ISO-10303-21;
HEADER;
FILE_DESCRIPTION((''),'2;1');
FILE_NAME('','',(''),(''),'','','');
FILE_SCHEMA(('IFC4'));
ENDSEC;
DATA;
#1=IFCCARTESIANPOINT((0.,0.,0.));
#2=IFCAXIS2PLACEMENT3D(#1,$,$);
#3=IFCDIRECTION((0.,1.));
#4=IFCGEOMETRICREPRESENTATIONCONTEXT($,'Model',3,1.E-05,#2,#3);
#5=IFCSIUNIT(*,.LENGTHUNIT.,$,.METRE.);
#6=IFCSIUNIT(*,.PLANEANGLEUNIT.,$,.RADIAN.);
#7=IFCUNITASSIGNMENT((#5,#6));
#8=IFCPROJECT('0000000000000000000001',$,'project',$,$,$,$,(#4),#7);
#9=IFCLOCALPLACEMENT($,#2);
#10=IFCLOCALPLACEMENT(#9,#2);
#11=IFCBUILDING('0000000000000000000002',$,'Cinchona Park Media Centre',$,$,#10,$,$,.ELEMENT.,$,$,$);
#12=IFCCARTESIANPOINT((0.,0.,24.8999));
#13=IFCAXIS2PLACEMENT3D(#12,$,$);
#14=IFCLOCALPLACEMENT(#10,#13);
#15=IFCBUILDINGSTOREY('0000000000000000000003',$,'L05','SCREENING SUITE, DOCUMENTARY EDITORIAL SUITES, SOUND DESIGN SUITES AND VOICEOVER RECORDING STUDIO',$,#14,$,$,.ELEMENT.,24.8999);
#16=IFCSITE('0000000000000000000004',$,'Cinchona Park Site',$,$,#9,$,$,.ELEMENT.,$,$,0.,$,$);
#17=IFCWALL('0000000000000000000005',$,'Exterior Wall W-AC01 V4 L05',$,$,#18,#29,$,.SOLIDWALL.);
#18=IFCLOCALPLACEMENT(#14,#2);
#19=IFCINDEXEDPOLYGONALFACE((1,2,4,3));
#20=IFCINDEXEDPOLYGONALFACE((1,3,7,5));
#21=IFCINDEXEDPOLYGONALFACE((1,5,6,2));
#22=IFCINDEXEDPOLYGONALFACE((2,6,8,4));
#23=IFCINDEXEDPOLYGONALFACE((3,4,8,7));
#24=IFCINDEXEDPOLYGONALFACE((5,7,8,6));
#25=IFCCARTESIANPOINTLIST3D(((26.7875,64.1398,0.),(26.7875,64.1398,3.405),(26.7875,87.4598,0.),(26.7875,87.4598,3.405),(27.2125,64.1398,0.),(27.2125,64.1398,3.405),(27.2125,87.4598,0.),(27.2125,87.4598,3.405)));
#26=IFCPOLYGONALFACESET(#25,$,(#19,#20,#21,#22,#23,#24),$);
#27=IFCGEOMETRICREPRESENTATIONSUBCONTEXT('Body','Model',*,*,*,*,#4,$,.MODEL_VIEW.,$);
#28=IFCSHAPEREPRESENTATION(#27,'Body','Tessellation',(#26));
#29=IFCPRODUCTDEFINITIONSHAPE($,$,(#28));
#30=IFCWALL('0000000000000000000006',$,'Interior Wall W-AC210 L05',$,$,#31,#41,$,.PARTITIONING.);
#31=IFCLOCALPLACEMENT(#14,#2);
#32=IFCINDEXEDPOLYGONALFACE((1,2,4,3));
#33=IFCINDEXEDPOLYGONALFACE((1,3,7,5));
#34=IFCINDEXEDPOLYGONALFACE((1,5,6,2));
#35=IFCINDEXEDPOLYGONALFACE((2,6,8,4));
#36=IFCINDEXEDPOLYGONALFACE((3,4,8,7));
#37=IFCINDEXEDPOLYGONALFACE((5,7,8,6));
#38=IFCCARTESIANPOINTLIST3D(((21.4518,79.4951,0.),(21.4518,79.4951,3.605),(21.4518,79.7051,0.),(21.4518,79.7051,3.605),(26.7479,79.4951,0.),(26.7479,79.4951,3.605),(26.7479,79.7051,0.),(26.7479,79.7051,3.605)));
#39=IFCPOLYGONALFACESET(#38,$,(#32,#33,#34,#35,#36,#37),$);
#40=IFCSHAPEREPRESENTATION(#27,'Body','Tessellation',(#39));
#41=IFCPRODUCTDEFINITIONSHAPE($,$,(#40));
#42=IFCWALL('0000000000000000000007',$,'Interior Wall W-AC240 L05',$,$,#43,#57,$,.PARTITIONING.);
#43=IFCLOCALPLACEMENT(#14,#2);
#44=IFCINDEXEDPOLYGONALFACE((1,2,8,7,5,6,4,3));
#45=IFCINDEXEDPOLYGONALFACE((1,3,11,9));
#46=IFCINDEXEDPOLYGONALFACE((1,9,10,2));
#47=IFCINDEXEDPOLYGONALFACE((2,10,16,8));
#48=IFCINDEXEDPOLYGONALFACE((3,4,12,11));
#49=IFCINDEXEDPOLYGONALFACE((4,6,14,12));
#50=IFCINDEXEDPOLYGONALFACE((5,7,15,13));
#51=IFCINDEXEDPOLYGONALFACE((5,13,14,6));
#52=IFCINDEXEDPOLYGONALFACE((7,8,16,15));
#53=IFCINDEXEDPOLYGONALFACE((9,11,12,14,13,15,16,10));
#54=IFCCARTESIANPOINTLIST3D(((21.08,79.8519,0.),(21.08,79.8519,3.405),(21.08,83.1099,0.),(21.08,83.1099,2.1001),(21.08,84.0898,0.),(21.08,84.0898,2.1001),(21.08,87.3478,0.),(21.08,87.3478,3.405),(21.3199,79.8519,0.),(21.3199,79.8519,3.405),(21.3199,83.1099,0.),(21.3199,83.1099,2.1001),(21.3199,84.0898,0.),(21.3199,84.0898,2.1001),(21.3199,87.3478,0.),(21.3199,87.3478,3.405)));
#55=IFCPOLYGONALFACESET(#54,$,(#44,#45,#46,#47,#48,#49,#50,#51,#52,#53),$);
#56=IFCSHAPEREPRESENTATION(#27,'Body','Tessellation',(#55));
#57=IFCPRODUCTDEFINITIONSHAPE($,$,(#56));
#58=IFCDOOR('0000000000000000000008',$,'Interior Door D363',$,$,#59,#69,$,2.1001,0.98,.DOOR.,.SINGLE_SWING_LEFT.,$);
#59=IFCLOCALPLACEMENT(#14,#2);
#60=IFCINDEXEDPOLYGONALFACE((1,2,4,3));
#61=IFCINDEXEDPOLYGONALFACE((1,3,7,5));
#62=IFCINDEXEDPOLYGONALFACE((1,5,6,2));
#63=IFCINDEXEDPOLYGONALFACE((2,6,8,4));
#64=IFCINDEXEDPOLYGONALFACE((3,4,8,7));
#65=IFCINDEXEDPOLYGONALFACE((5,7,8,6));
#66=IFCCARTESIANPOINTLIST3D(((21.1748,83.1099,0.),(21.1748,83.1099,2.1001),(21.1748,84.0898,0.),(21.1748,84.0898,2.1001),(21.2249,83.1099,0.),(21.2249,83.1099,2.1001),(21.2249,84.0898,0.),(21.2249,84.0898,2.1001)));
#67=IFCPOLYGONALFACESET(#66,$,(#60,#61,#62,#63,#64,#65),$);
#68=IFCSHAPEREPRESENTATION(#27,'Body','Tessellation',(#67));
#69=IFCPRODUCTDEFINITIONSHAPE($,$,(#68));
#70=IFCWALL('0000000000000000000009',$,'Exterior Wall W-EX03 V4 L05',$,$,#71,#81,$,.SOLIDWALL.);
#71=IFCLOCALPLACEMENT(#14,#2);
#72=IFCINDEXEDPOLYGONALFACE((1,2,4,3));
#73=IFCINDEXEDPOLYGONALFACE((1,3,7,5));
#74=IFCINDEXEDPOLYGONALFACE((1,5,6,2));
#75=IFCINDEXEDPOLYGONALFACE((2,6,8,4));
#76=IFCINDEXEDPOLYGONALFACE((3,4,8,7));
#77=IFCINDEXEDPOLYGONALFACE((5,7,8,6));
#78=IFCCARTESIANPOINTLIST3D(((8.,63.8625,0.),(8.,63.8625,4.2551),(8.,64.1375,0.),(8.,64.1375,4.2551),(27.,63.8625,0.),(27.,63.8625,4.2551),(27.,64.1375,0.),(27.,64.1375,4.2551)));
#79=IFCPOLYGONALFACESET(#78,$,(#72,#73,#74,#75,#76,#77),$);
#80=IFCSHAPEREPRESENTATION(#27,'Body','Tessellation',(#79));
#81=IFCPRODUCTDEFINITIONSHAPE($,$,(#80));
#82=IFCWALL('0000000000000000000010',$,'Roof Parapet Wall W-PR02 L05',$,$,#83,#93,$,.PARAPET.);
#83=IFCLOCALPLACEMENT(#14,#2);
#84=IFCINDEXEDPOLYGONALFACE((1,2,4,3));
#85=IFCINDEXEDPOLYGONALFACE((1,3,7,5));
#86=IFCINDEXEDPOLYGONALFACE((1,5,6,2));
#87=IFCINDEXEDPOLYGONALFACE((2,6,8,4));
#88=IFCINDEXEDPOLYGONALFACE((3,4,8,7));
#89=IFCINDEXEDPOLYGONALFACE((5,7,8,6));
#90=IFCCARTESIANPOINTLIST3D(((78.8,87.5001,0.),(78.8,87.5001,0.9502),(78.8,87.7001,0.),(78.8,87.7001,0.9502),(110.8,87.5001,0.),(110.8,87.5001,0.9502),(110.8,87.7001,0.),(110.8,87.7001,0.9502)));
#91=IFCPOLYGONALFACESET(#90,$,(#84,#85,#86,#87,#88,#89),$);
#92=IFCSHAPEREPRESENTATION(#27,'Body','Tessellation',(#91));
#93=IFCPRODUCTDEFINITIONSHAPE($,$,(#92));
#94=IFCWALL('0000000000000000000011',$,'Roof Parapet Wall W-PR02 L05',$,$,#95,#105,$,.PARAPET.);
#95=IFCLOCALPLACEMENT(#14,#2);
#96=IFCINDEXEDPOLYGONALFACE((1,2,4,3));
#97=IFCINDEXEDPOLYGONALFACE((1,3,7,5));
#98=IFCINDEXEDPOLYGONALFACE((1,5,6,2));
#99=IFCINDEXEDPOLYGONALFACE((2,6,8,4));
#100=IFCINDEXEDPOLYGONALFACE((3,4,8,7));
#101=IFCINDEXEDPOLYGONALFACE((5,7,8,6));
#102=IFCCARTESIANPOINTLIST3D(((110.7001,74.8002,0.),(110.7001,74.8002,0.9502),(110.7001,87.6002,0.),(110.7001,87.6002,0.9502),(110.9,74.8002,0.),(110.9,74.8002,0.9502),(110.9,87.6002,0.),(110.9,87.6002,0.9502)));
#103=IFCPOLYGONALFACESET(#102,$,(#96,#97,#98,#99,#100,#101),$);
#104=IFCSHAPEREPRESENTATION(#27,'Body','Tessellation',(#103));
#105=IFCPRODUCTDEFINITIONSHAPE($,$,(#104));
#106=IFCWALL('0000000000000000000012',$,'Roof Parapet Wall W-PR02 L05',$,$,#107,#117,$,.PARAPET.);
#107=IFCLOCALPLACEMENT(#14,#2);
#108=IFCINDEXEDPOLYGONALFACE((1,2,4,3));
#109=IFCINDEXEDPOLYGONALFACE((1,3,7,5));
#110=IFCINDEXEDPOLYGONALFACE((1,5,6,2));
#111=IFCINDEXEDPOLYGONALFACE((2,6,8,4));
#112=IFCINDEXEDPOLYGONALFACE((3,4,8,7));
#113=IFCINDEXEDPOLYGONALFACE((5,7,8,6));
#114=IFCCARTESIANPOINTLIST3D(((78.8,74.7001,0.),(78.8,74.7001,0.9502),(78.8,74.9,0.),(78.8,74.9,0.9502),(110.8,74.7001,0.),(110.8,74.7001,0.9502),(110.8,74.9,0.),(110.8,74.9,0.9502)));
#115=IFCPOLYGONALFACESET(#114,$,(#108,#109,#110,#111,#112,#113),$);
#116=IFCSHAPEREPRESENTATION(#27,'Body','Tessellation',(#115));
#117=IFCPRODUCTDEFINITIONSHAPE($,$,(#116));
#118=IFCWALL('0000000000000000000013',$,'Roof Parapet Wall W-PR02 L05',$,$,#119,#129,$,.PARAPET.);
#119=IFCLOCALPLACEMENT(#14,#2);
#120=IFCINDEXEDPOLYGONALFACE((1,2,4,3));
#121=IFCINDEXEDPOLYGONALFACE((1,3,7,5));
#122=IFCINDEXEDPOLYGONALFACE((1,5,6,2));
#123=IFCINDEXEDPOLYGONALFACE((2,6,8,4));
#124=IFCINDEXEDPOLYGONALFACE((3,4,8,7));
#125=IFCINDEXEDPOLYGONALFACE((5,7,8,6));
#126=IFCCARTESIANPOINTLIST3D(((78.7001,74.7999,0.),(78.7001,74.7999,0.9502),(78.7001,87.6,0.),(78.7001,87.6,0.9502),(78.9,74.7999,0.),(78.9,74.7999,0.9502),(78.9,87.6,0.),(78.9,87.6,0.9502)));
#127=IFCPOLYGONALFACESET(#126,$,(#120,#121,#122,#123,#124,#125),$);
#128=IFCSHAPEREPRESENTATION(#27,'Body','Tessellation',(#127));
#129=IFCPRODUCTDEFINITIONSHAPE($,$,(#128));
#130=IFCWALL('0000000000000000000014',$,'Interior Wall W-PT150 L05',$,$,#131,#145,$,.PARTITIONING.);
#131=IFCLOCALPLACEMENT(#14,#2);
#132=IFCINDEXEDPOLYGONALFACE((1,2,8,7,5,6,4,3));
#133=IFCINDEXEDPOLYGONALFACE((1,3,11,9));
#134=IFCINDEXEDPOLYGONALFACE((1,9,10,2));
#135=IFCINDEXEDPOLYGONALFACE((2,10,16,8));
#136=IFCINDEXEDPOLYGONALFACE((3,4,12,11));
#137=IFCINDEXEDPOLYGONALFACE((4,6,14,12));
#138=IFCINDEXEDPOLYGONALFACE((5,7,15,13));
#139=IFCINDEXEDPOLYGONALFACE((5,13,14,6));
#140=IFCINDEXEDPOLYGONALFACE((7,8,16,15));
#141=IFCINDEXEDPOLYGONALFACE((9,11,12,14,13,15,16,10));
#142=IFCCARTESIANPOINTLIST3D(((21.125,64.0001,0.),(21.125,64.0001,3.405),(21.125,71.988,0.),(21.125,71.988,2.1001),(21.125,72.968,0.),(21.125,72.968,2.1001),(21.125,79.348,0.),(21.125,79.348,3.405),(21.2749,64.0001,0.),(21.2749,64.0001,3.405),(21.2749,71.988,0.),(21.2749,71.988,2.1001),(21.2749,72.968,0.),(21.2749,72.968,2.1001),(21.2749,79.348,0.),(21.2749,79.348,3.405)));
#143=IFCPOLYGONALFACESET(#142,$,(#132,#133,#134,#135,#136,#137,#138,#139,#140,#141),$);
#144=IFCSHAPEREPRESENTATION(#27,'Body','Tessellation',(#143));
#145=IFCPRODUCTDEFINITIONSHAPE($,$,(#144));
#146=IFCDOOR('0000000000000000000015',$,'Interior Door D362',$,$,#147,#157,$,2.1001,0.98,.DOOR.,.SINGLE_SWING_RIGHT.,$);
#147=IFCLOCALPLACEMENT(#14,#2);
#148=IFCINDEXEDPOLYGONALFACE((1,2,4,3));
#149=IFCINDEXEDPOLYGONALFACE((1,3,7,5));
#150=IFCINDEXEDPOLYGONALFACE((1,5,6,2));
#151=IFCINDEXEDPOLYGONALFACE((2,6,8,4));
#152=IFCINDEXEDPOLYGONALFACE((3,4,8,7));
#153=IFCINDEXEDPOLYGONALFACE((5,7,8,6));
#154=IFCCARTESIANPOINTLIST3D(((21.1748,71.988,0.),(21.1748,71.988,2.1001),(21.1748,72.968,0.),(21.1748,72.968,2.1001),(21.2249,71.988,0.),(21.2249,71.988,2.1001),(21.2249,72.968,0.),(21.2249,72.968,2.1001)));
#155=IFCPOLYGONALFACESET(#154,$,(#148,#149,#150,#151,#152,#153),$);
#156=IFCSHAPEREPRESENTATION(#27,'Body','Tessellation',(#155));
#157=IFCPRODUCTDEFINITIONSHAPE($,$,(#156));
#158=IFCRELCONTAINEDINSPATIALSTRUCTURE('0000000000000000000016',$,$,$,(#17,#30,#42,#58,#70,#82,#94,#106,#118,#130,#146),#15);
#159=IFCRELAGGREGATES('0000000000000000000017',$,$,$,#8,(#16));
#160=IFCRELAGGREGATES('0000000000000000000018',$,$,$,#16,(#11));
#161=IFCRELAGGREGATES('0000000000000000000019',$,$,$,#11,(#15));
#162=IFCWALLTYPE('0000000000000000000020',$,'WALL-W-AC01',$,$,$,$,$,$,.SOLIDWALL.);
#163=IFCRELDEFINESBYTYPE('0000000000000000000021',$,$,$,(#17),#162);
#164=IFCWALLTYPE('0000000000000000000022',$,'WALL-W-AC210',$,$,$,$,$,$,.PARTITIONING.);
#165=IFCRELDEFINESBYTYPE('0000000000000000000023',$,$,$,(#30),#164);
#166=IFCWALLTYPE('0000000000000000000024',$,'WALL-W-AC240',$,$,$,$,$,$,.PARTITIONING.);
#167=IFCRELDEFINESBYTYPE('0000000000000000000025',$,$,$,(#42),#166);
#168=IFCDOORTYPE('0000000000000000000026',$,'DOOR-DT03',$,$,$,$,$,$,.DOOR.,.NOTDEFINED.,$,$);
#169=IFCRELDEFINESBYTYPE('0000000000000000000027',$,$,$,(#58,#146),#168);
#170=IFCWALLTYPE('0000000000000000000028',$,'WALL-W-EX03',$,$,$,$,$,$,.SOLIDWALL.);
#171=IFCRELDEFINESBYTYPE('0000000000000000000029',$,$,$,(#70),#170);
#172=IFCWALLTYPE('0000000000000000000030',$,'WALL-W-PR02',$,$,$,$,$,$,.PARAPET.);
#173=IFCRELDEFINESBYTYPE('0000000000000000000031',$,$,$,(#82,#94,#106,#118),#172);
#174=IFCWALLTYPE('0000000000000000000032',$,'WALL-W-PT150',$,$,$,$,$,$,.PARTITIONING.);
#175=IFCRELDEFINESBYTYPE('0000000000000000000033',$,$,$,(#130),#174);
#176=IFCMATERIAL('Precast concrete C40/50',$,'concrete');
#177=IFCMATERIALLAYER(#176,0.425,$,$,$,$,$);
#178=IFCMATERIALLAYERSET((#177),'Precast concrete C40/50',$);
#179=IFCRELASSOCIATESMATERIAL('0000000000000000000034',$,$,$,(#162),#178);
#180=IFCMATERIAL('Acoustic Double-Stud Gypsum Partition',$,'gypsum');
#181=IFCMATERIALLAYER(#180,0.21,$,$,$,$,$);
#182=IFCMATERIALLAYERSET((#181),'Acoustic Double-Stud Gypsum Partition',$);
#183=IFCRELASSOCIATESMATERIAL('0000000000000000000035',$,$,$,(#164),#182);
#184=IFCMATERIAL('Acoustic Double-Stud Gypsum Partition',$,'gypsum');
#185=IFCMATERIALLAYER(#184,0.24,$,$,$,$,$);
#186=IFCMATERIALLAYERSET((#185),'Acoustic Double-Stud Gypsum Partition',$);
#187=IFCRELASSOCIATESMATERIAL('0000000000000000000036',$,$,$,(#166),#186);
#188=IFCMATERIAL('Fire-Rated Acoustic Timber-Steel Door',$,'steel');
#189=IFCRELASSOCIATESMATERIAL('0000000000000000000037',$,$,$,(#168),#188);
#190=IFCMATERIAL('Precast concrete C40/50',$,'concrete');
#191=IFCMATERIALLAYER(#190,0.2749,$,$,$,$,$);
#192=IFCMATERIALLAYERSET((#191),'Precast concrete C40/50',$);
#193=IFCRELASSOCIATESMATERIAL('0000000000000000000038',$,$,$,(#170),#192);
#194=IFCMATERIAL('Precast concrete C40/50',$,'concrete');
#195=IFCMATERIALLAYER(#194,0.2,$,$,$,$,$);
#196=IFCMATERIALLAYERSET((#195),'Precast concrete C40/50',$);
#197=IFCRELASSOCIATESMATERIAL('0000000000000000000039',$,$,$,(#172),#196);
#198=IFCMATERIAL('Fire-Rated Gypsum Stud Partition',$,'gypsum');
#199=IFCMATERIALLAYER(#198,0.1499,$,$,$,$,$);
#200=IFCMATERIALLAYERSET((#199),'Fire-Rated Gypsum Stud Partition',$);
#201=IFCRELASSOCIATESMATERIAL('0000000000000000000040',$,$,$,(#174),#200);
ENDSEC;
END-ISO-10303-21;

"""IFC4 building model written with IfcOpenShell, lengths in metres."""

from ifc_helpers import new_model, si_unit, direction, frame, frame_2d, origin, place, context, subcontext, project, spatial, rectangle, extrude, material, layer, layer_set, type_object, element, fill, save


model = new_model("IFC4")

# Units and contexts
model_context = context("Model", 3, precision=1e-05, world=origin(), true_north=direction((0.0, 1.0)))
body_context = subcontext(model_context, "Body", "Model", "MODEL_VIEW")
ifc_project = project(units=[si_unit("LENGTHUNIT", "METRE"), si_unit("PLANEANGLEUNIT", "RADIAN")], contexts=[model_context])

# Site, building, storey
site_placement = place(None, origin())
site = spatial("IfcSite", under=ifc_project, at=site_placement, Name="Cinchona Park Site", CompositionType="ELEMENT", RefElevation=0.0)
building_placement = place(site_placement, origin())
building = spatial("IfcBuilding", under=site, at=building_placement, Name="Cinchona Park Media Centre", CompositionType="ELEMENT")
storey_placement = place(building_placement, frame((0.0, 0.0, 24.8999)))
storey = spatial("IfcBuildingStorey", under=building, at=storey_placement, Name="L05", Description="SCREENING SUITE, DOCUMENTARY EDITORIAL SUITES, SOUND DESIGN SUITES AND VOICEOVER RECORDING STUDIO", CompositionType="ELEMENT", Elevation=24.8999)

# Walls
ifc_material_1 = material(Name="Precast concrete C40/50", Category="concrete")
ifc_layer_1 = layer(ifc_material_1, 0.425)
ifc_layer_set_1 = layer_set([ifc_layer_1], Name="Precast concrete C40/50")
wall_type_1 = type_object("IfcWallType", Name="WALL-W-AC01", PredefinedType="SOLIDWALL", material=ifc_layer_set_1)
wall_1_placement = place(storey_placement, frame((27.0, 87.46, 0.0), z_axis=(0.0, 0.0, 1.0), x_axis=(0.0, -1.0, 0.0)))
element("IfcWall", 1, at=wall_1_placement, inside=storey, type_object=wall_type_1, Name="Exterior Wall W-AC01 V4 L05", PredefinedType="SOLIDWALL", context=body_context, shape_type="SweptSolid", body=[
    extrude(rectangle(XDim=23.3201, YDim=0.425, at=frame_2d((11.6602, 0.0))), origin(), (0.0, 0.0, 1.0), 3.405),
])
ifc_material_2 = material(Name="Acoustic Double-Stud Gypsum Partition", Category="gypsum")
ifc_layer_2 = layer(ifc_material_2, 0.21)
ifc_layer_set_2 = layer_set([ifc_layer_2], Name="Acoustic Double-Stud Gypsum Partition")
wall_type_2 = type_object("IfcWallType", Name="WALL-W-AC210", PredefinedType="PARTITIONING", material=ifc_layer_set_2)
wall_2_placement = place(storey_placement, frame((21.4519, 79.6001, 0.0), z_axis=(0.0, 0.0, 1.0), x_axis=(1.0, 0.0, 0.0)))
element("IfcWall", 2, at=wall_2_placement, inside=storey, type_object=wall_type_2, Name="Interior Wall W-AC210 L05", PredefinedType="PARTITIONING", context=body_context, shape_type="SweptSolid", body=[
    extrude(rectangle(XDim=5.2961, YDim=0.21, at=frame_2d((2.6479, 0.0))), origin(), (0.0, 0.0, 1.0), 3.605),
])

# Wall, opening, door
ifc_material_3 = material(Name="Acoustic Double-Stud Gypsum Partition", Category="gypsum")
ifc_layer_3 = layer(ifc_material_3, 0.24)
ifc_layer_set_3 = layer_set([ifc_layer_3], Name="Acoustic Double-Stud Gypsum Partition")
wall_type_3 = type_object("IfcWallType", Name="WALL-W-AC240", PredefinedType="PARTITIONING", material=ifc_layer_set_3)
wall_3_placement = place(storey_placement, frame((21.2, 87.3479, 0.0), z_axis=(0.0, 0.0, 1.0), x_axis=(0.0, -1.0, 0.0)))
wall_3 = element("IfcWall", 3, at=wall_3_placement, inside=storey, type_object=wall_type_3, Name="Interior Wall W-AC240 L05", PredefinedType="PARTITIONING", context=body_context, shape_type="SweptSolid", body=[
    extrude(rectangle(XDim=7.4958, YDim=0.24, at=frame_2d((3.748, 0.0))), origin(), (0.0, 0.0, 1.0), 3.405),
])
opening_1_placement = place(wall_3_placement, frame((3.2581, 0.0, 0.0)))
opening_1 = element("IfcOpeningElement", 4, at=opening_1_placement, cuts=wall_3, PredefinedType="OPENING", context=body_context, shape_type="SweptSolid", body=[
    extrude(rectangle(XDim=0.98, YDim=2.1001, at=frame_2d((0.49, 1.05))), frame((0.0, 0.1299, 0.0), z_axis=(0.0, -1.0, 0.0), x_axis=(1.0, 0.0, 0.0)), (0.0, 0.0, 1.0), 0.26),
])
ifc_material_4 = material(Name="Fire-Rated Acoustic Timber-Steel Door", Category="steel")
door_type = type_object("IfcDoorType", Name="DOOR-DT03", OperationType="NOTDEFINED", PredefinedType="DOOR", material=ifc_material_4)
door_1_placement = place(opening_1_placement, origin())
door_1 = element("IfcDoor", 5, at=door_1_placement, inside=storey, type_object=door_type, Name="Interior Door D363", OperationType="SINGLE_SWING_LEFT", OverallHeight=2.1001, OverallWidth=0.98, PredefinedType="DOOR", context=body_context, shape_type="SweptSolid", body=[
    extrude(rectangle(XDim=0.98, YDim=2.1001, at=frame_2d((0.49, 1.05))), frame((0.0, 0.0249, 0.0), z_axis=(0.0, -1.0, 0.0), x_axis=(1.0, 0.0, 0.0)), (0.0, 0.0, 1.0), 0.05),
])
fill(opening_1, door_1)

# Walls
ifc_material_5 = material(Name="Precast concrete C40/50", Category="concrete")
ifc_layer_4 = layer(ifc_material_5, 0.2749)
ifc_layer_set_4 = layer_set([ifc_layer_4], Name="Precast concrete C40/50")
wall_type_4 = type_object("IfcWallType", Name="WALL-W-EX03", PredefinedType="SOLIDWALL", material=ifc_layer_set_4)
wall_4_placement = place(storey_placement, frame((27.0, 64.0, 0.0), z_axis=(0.0, 0.0, 1.0), x_axis=(-1.0, 0.0, 0.0)))
element("IfcWall", 6, at=wall_4_placement, inside=storey, type_object=wall_type_4, Name="Exterior Wall W-EX03 V4 L05", PredefinedType="SOLIDWALL", context=body_context, shape_type="SweptSolid", body=[
    extrude(rectangle(XDim=19.0, YDim=0.2749, at=frame_2d((9.5, 0.0))), origin(), (0.0, 0.0, 1.0), 4.2551),
])
ifc_material_6 = material(Name="Precast concrete C40/50", Category="concrete")
ifc_layer_5 = layer(ifc_material_6, 0.2)
ifc_layer_set_5 = layer_set([ifc_layer_5], Name="Precast concrete C40/50")
wall_type_5 = type_object("IfcWallType", Name="WALL-W-PR02", PredefinedType="PARAPET", material=ifc_layer_set_5)
wall_5_placement = place(storey_placement, frame((78.8, 87.6001, 0.0), z_axis=(0.0, 0.0, 1.0), x_axis=(1.0, 0.0, 0.0)))
element("IfcWall", 7, at=wall_5_placement, inside=storey, type_object=wall_type_5, Name="Roof Parapet Wall W-PR02 L05", PredefinedType="PARAPET", context=body_context, shape_type="SweptSolid", body=[
    extrude(rectangle(XDim=32.0, YDim=0.2, at=frame_2d((16.0, 0.0))), origin(), (0.0, 0.0, 1.0), 0.9502),
])
wall_6_placement = place(storey_placement, frame((110.8, 87.6001, 0.0), z_axis=(0.0, 0.0, 1.0), x_axis=(0.0, -1.0, 0.0)))
element("IfcWall", 8, at=wall_6_placement, inside=storey, type_object=wall_type_5, Name="Roof Parapet Wall W-PR02 L05", PredefinedType="PARAPET", context=body_context, shape_type="SweptSolid", body=[
    extrude(rectangle(XDim=12.8, YDim=0.2, at=frame_2d((6.3999, 0.0))), origin(), (0.0, 0.0, 1.0), 0.9502),
])
wall_7_placement = place(storey_placement, frame((110.8, 74.8, 0.0), z_axis=(0.0, 0.0, 1.0), x_axis=(-1.0, 0.0, 0.0)))
element("IfcWall", 9, at=wall_7_placement, inside=storey, type_object=wall_type_5, Name="Roof Parapet Wall W-PR02 L05", PredefinedType="PARAPET", context=body_context, shape_type="SweptSolid", body=[
    extrude(rectangle(XDim=32.0, YDim=0.2, at=frame_2d((16.0, 0.0))), origin(), (0.0, 0.0, 1.0), 0.9502),
])
wall_8_placement = place(storey_placement, frame((78.8, 74.8, 0.0), z_axis=(0.0, 0.0, 1.0), x_axis=(0.0, 1.0, 0.0)))
element("IfcWall", 10, at=wall_8_placement, inside=storey, type_object=wall_type_5, Name="Roof Parapet Wall W-PR02 L05", PredefinedType="PARAPET", context=body_context, shape_type="SweptSolid", body=[
    extrude(rectangle(XDim=12.8, YDim=0.2, at=frame_2d((6.3999, 0.0))), origin(), (0.0, 0.0, 1.0), 0.9502),
])

# Wall, opening, door
ifc_material_7 = material(Name="Fire-Rated Gypsum Stud Partition", Category="gypsum")
ifc_layer_6 = layer(ifc_material_7, 0.1499)
ifc_layer_set_6 = layer_set([ifc_layer_6], Name="Fire-Rated Gypsum Stud Partition")
wall_type_6 = type_object("IfcWallType", Name="WALL-W-PT150", PredefinedType="PARTITIONING", material=ifc_layer_set_6)
wall_9_placement = place(storey_placement, frame((21.2, 79.3479, 0.0), z_axis=(0.0, 0.0, 1.0), x_axis=(0.0, -1.0, 0.0)))
wall_9 = element("IfcWall", 11, at=wall_9_placement, inside=storey, type_object=wall_type_6, Name="Interior Wall W-PT150 L05", PredefinedType="PARTITIONING", context=body_context, shape_type="SweptSolid", body=[
    extrude(rectangle(XDim=15.3479, YDim=0.1499, at=frame_2d((7.6738, 0.0))), origin(), (0.0, 0.0, 1.0), 3.405),
])
opening_2_placement = place(wall_9_placement, frame((6.3799, 0.0, 0.0)))
opening_2 = element("IfcOpeningElement", 12, at=opening_2_placement, cuts=wall_9, PredefinedType="OPENING", context=body_context, shape_type="SweptSolid", body=[
    extrude(rectangle(XDim=0.98, YDim=2.1001, at=frame_2d((0.49, 1.05))), frame((0.0, 0.085, 0.0), z_axis=(0.0, -1.0, 0.0), x_axis=(1.0, 0.0, 0.0)), (0.0, 0.0, 1.0), 0.1699),
])
door_2_placement = place(opening_2_placement, origin())
door_2 = element("IfcDoor", 13, at=door_2_placement, inside=storey, type_object=door_type, Name="Interior Door D362", OperationType="SINGLE_SWING_RIGHT", OverallHeight=2.1001, OverallWidth=0.98, PredefinedType="DOOR", context=body_context, shape_type="SweptSolid", body=[
    extrude(rectangle(XDim=0.98, YDim=2.1001, at=frame_2d((0.49, 1.05))), frame((0.0, 0.0249, 0.0), z_axis=(0.0, -1.0, 0.0), x_axis=(1.0, 0.0, 0.0)), (0.0, 0.0, 1.0), 0.05),
])
fill(opening_2, door_2)

save(model, "model.ifc")
